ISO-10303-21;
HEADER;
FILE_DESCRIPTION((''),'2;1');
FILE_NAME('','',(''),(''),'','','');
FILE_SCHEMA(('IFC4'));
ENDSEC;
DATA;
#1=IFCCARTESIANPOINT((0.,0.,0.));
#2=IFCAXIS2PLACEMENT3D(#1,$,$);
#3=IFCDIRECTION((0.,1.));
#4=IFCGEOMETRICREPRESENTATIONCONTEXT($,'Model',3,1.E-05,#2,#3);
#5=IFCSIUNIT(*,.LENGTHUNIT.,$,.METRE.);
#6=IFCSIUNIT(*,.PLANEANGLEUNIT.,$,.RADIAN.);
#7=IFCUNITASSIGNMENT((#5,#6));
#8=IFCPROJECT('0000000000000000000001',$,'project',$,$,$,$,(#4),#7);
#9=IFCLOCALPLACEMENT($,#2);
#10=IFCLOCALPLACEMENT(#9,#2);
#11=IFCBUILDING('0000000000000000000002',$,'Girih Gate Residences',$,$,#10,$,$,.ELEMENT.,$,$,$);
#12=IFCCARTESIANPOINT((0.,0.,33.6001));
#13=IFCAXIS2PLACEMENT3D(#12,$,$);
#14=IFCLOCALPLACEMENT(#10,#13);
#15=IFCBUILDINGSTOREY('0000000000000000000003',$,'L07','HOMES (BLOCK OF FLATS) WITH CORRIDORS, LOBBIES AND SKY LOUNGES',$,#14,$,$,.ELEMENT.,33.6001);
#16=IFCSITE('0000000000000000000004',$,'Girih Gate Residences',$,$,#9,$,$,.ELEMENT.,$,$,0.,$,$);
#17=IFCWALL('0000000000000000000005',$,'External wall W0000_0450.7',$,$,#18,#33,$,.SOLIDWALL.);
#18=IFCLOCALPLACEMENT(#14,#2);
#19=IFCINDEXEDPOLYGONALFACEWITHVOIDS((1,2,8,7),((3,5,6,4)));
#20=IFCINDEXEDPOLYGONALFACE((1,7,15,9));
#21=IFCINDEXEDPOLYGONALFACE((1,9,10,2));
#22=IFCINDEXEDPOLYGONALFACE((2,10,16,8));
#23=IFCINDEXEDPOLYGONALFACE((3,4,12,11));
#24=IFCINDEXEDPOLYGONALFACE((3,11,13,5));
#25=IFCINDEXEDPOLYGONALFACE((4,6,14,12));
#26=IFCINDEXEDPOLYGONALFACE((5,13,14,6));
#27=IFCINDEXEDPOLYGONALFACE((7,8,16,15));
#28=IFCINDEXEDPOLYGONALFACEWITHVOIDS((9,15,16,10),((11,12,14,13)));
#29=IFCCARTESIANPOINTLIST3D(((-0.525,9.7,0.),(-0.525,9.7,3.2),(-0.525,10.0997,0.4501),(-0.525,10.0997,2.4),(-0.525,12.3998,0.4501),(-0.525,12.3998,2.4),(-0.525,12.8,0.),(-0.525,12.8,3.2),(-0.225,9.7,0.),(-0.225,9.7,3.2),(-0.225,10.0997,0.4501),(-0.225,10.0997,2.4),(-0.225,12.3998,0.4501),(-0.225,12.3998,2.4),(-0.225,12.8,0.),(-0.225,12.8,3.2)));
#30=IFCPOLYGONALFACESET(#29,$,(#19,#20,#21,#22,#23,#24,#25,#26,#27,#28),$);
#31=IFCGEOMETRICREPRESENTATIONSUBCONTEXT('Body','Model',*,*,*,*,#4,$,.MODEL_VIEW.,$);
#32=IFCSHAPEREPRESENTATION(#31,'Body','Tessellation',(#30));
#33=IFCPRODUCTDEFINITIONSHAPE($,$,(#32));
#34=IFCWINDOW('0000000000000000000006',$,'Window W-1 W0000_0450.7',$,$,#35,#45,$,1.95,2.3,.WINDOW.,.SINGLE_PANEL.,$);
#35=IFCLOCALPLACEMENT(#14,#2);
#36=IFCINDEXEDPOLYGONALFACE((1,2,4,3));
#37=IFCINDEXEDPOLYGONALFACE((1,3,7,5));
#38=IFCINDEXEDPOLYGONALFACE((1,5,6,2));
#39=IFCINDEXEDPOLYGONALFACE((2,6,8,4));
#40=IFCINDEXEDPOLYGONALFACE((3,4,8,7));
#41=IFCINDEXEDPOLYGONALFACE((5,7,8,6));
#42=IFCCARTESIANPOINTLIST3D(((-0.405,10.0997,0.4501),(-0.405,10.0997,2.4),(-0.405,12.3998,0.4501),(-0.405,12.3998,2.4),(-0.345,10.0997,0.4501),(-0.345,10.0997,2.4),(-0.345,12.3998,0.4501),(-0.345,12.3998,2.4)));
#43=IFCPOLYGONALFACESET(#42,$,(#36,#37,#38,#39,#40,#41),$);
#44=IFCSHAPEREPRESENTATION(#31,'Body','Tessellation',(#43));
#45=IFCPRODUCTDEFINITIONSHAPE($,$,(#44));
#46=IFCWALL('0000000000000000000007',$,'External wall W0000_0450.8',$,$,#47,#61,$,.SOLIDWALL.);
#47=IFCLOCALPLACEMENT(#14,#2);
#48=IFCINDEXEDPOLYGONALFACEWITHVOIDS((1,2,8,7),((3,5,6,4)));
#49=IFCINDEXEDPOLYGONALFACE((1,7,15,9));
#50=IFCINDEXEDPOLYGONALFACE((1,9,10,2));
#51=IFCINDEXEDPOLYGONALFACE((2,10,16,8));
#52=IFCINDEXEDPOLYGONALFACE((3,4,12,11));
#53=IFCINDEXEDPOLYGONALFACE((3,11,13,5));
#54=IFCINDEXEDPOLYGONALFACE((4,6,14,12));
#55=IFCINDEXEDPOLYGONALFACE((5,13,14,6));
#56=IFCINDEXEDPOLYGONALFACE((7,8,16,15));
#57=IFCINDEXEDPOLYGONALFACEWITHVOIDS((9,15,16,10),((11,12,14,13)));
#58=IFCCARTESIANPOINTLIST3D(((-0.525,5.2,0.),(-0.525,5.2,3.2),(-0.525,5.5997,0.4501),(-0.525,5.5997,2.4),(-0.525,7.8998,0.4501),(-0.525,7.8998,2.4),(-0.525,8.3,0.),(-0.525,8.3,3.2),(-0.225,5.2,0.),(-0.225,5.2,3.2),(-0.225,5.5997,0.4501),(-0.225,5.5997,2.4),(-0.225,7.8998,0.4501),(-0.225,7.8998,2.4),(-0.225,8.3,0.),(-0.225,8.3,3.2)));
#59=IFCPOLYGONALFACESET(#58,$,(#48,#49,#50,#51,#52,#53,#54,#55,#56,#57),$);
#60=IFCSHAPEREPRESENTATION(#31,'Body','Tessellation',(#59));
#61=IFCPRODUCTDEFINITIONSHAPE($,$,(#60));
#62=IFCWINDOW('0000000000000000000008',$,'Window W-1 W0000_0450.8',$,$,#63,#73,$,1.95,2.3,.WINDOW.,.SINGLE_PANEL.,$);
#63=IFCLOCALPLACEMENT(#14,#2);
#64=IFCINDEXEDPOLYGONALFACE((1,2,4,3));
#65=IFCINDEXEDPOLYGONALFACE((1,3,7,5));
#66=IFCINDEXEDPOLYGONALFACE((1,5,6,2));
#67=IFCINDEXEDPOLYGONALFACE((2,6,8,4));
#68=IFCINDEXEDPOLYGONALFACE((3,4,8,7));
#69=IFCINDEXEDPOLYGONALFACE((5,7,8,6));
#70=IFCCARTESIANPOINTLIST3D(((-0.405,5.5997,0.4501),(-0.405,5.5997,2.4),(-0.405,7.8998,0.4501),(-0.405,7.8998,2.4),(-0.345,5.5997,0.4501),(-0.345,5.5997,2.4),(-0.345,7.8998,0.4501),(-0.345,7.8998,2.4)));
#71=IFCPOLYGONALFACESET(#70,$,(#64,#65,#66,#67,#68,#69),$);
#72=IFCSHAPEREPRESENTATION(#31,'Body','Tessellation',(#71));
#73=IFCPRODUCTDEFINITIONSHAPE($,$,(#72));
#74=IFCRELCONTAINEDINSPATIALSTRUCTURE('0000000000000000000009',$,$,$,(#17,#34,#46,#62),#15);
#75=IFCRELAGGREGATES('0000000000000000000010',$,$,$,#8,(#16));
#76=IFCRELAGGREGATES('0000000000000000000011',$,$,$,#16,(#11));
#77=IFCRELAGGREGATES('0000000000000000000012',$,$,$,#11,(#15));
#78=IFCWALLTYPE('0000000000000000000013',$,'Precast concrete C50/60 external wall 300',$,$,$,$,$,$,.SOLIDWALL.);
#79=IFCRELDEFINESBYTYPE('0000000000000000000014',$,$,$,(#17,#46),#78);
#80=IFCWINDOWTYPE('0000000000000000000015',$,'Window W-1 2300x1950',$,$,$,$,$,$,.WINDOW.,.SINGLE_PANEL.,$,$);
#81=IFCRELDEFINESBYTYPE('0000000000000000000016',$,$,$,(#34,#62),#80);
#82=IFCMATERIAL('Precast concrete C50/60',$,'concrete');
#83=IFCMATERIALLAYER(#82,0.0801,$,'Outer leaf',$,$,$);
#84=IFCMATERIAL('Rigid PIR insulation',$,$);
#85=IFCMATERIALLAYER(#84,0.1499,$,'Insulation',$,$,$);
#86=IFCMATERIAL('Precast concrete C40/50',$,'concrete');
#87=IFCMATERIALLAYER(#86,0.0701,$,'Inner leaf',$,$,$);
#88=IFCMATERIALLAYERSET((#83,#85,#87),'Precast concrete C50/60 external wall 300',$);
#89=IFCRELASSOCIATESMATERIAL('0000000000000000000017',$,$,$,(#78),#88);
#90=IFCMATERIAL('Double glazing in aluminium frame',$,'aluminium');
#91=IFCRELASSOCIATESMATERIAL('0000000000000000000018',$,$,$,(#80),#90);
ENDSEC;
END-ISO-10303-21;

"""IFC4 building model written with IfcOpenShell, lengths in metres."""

from ifc_helpers import new_model, si_unit, direction, frame, frame_2d, origin, place, context, subcontext, project, spatial, rectangle, extrude, material, layer, layer_set, type_object, element, fill, save


model = new_model("IFC4")

# Units and contexts
model_context = context("Model", 3, precision=1e-05, world=origin(), true_north=direction((0.0, 1.0)))
body_context = subcontext(model_context, "Body", "Model", "MODEL_VIEW")
ifc_project = project(units=[si_unit("LENGTHUNIT", "METRE"), si_unit("PLANEANGLEUNIT", "RADIAN")], contexts=[model_context])

# Site, building, storey
site_placement = place(None, origin())
site = spatial("IfcSite", under=ifc_project, at=site_placement, Name="Girih Gate Residences", CompositionType="ELEMENT", RefElevation=0.0)
building_placement = place(site_placement, origin())
building = spatial("IfcBuilding", under=site, at=building_placement, Name="Girih Gate Residences", CompositionType="ELEMENT")
storey_placement = place(building_placement, frame((0.0, 0.0, 33.6001)))
storey = spatial("IfcBuildingStorey", under=building, at=storey_placement, Name="L07", Description="HOMES (BLOCK OF FLATS) WITH CORRIDORS, LOBBIES AND SKY LOUNGES", CompositionType="ELEMENT", Elevation=33.6001)

# Walls, openings, windows
ifc_material_1 = material(Name="Precast concrete C50/60", Category="concrete")
ifc_layer_1 = layer(ifc_material_1, 0.0801, Name="Outer leaf")
ifc_material_2 = material(Name="Rigid PIR insulation")
ifc_layer_2 = layer(ifc_material_2, 0.1499, Name="Insulation")
ifc_material_3 = material(Name="Precast concrete C40/50", Category="concrete")
ifc_layer_3 = layer(ifc_material_3, 0.0701, Name="Inner leaf")
ifc_layer_set_1 = layer_set([ifc_layer_1, ifc_layer_2, ifc_layer_3], Name="Precast concrete C50/60 external wall 300")
wall_type_1 = type_object("IfcWallType", Name="Precast concrete C50/60 external wall 300", PredefinedType="SOLIDWALL", material=ifc_layer_set_1)
ifc_material_4 = material(Name="Double glazing in aluminium frame", Category="aluminium")
window_type = type_object("IfcWindowType", Name="Window W-1 2300x1950", PartitioningType="SINGLE_PANEL", PredefinedType="WINDOW", material=ifc_material_4)
wall_1_placement = place(storey_placement, frame((-0.375, 9.7, 0.0), z_axis=(0.0, 0.0, 1.0), x_axis=(0.0, 1.0, 0.0)))
wall_1 = element("IfcWall", 1, at=wall_1_placement, inside=storey, type_object=wall_type_1, Name="External wall W0000_0450.7", PredefinedType="SOLIDWALL", context=body_context, shape_type="SweptSolid", body=[
    extrude(rectangle(XDim=3.1001, YDim=0.3, at=frame_2d((1.55, 0.0))), origin(), (0.0, 0.0, 1.0), 3.2),
])
opening_1_placement = place(wall_1_placement, frame((0.3999, 0.0, 0.45)))
opening_1 = element("IfcOpeningElement", 2, at=opening_1_placement, cuts=wall_1, PredefinedType="OPENING", context=body_context, shape_type="SweptSolid", body=[
    extrude(rectangle(XDim=2.3, YDim=1.95, at=frame_2d((1.1499, 0.9751))), frame((0.0, 0.1599, 0.0), z_axis=(0.0, -1.0, 0.0), x_axis=(1.0, 0.0, 0.0)), (0.0, 0.0, 1.0), 0.3201),
])
window_1_placement = place(opening_1_placement, origin())
window_1 = element("IfcWindow", 3, at=window_1_placement, inside=storey, type_object=window_type, Name="Window W-1 W0000_0450.7", OverallHeight=1.95, OverallWidth=2.3, PartitioningType="SINGLE_PANEL", PredefinedType="WINDOW", context=body_context, shape_type="SweptSolid", body=[
    extrude(rectangle(XDim=2.3, YDim=1.95, at=frame_2d((1.1499, 0.9751))), frame((0.0, 0.03, 0.0), z_axis=(0.0, -1.0, 0.0), x_axis=(1.0, 0.0, 0.0)), (0.0, 0.0, 1.0), 0.0601),
])
fill(opening_1, window_1)
wall_2_placement = place(storey_placement, frame((-0.375, 5.2, 0.0), z_axis=(0.0, 0.0, 1.0), x_axis=(0.0, 1.0, 0.0)))
wall_2 = element("IfcWall", 4, at=wall_2_placement, inside=storey, type_object=wall_type_1, Name="External wall W0000_0450.8", PredefinedType="SOLIDWALL", context=body_context, shape_type="SweptSolid", body=[
    extrude(rectangle(XDim=3.1001, YDim=0.3, at=frame_2d((1.55, 0.0))), origin(), (0.0, 0.0, 1.0), 3.2),
])
opening_2_placement = place(wall_2_placement, frame((0.3999, 0.0, 0.45)))
opening_2 = element("IfcOpeningElement", 5, at=opening_2_placement, cuts=wall_2, PredefinedType="OPENING", context=body_context, shape_type="SweptSolid", body=[
    extrude(rectangle(XDim=2.3, YDim=1.95, at=frame_2d((1.1499, 0.9751))), frame((0.0, 0.1599, 0.0), z_axis=(0.0, -1.0, 0.0), x_axis=(1.0, 0.0, 0.0)), (0.0, 0.0, 1.0), 0.3201),
])
window_2_placement = place(opening_2_placement, origin())
window_2 = element("IfcWindow", 6, at=window_2_placement, inside=storey, type_object=window_type, Name="Window W-1 W0000_0450.8", OverallHeight=1.95, OverallWidth=2.3, PartitioningType="SINGLE_PANEL", PredefinedType="WINDOW", context=body_context, shape_type="SweptSolid", body=[
    extrude(rectangle(XDim=2.3, YDim=1.95, at=frame_2d((1.1499, 0.9751))), frame((0.0, 0.03, 0.0), z_axis=(0.0, -1.0, 0.0), x_axis=(1.0, 0.0, 0.0)), (0.0, 0.0, 1.0), 0.0601),
])
fill(opening_2, window_2)

save(model, "model.ifc")
